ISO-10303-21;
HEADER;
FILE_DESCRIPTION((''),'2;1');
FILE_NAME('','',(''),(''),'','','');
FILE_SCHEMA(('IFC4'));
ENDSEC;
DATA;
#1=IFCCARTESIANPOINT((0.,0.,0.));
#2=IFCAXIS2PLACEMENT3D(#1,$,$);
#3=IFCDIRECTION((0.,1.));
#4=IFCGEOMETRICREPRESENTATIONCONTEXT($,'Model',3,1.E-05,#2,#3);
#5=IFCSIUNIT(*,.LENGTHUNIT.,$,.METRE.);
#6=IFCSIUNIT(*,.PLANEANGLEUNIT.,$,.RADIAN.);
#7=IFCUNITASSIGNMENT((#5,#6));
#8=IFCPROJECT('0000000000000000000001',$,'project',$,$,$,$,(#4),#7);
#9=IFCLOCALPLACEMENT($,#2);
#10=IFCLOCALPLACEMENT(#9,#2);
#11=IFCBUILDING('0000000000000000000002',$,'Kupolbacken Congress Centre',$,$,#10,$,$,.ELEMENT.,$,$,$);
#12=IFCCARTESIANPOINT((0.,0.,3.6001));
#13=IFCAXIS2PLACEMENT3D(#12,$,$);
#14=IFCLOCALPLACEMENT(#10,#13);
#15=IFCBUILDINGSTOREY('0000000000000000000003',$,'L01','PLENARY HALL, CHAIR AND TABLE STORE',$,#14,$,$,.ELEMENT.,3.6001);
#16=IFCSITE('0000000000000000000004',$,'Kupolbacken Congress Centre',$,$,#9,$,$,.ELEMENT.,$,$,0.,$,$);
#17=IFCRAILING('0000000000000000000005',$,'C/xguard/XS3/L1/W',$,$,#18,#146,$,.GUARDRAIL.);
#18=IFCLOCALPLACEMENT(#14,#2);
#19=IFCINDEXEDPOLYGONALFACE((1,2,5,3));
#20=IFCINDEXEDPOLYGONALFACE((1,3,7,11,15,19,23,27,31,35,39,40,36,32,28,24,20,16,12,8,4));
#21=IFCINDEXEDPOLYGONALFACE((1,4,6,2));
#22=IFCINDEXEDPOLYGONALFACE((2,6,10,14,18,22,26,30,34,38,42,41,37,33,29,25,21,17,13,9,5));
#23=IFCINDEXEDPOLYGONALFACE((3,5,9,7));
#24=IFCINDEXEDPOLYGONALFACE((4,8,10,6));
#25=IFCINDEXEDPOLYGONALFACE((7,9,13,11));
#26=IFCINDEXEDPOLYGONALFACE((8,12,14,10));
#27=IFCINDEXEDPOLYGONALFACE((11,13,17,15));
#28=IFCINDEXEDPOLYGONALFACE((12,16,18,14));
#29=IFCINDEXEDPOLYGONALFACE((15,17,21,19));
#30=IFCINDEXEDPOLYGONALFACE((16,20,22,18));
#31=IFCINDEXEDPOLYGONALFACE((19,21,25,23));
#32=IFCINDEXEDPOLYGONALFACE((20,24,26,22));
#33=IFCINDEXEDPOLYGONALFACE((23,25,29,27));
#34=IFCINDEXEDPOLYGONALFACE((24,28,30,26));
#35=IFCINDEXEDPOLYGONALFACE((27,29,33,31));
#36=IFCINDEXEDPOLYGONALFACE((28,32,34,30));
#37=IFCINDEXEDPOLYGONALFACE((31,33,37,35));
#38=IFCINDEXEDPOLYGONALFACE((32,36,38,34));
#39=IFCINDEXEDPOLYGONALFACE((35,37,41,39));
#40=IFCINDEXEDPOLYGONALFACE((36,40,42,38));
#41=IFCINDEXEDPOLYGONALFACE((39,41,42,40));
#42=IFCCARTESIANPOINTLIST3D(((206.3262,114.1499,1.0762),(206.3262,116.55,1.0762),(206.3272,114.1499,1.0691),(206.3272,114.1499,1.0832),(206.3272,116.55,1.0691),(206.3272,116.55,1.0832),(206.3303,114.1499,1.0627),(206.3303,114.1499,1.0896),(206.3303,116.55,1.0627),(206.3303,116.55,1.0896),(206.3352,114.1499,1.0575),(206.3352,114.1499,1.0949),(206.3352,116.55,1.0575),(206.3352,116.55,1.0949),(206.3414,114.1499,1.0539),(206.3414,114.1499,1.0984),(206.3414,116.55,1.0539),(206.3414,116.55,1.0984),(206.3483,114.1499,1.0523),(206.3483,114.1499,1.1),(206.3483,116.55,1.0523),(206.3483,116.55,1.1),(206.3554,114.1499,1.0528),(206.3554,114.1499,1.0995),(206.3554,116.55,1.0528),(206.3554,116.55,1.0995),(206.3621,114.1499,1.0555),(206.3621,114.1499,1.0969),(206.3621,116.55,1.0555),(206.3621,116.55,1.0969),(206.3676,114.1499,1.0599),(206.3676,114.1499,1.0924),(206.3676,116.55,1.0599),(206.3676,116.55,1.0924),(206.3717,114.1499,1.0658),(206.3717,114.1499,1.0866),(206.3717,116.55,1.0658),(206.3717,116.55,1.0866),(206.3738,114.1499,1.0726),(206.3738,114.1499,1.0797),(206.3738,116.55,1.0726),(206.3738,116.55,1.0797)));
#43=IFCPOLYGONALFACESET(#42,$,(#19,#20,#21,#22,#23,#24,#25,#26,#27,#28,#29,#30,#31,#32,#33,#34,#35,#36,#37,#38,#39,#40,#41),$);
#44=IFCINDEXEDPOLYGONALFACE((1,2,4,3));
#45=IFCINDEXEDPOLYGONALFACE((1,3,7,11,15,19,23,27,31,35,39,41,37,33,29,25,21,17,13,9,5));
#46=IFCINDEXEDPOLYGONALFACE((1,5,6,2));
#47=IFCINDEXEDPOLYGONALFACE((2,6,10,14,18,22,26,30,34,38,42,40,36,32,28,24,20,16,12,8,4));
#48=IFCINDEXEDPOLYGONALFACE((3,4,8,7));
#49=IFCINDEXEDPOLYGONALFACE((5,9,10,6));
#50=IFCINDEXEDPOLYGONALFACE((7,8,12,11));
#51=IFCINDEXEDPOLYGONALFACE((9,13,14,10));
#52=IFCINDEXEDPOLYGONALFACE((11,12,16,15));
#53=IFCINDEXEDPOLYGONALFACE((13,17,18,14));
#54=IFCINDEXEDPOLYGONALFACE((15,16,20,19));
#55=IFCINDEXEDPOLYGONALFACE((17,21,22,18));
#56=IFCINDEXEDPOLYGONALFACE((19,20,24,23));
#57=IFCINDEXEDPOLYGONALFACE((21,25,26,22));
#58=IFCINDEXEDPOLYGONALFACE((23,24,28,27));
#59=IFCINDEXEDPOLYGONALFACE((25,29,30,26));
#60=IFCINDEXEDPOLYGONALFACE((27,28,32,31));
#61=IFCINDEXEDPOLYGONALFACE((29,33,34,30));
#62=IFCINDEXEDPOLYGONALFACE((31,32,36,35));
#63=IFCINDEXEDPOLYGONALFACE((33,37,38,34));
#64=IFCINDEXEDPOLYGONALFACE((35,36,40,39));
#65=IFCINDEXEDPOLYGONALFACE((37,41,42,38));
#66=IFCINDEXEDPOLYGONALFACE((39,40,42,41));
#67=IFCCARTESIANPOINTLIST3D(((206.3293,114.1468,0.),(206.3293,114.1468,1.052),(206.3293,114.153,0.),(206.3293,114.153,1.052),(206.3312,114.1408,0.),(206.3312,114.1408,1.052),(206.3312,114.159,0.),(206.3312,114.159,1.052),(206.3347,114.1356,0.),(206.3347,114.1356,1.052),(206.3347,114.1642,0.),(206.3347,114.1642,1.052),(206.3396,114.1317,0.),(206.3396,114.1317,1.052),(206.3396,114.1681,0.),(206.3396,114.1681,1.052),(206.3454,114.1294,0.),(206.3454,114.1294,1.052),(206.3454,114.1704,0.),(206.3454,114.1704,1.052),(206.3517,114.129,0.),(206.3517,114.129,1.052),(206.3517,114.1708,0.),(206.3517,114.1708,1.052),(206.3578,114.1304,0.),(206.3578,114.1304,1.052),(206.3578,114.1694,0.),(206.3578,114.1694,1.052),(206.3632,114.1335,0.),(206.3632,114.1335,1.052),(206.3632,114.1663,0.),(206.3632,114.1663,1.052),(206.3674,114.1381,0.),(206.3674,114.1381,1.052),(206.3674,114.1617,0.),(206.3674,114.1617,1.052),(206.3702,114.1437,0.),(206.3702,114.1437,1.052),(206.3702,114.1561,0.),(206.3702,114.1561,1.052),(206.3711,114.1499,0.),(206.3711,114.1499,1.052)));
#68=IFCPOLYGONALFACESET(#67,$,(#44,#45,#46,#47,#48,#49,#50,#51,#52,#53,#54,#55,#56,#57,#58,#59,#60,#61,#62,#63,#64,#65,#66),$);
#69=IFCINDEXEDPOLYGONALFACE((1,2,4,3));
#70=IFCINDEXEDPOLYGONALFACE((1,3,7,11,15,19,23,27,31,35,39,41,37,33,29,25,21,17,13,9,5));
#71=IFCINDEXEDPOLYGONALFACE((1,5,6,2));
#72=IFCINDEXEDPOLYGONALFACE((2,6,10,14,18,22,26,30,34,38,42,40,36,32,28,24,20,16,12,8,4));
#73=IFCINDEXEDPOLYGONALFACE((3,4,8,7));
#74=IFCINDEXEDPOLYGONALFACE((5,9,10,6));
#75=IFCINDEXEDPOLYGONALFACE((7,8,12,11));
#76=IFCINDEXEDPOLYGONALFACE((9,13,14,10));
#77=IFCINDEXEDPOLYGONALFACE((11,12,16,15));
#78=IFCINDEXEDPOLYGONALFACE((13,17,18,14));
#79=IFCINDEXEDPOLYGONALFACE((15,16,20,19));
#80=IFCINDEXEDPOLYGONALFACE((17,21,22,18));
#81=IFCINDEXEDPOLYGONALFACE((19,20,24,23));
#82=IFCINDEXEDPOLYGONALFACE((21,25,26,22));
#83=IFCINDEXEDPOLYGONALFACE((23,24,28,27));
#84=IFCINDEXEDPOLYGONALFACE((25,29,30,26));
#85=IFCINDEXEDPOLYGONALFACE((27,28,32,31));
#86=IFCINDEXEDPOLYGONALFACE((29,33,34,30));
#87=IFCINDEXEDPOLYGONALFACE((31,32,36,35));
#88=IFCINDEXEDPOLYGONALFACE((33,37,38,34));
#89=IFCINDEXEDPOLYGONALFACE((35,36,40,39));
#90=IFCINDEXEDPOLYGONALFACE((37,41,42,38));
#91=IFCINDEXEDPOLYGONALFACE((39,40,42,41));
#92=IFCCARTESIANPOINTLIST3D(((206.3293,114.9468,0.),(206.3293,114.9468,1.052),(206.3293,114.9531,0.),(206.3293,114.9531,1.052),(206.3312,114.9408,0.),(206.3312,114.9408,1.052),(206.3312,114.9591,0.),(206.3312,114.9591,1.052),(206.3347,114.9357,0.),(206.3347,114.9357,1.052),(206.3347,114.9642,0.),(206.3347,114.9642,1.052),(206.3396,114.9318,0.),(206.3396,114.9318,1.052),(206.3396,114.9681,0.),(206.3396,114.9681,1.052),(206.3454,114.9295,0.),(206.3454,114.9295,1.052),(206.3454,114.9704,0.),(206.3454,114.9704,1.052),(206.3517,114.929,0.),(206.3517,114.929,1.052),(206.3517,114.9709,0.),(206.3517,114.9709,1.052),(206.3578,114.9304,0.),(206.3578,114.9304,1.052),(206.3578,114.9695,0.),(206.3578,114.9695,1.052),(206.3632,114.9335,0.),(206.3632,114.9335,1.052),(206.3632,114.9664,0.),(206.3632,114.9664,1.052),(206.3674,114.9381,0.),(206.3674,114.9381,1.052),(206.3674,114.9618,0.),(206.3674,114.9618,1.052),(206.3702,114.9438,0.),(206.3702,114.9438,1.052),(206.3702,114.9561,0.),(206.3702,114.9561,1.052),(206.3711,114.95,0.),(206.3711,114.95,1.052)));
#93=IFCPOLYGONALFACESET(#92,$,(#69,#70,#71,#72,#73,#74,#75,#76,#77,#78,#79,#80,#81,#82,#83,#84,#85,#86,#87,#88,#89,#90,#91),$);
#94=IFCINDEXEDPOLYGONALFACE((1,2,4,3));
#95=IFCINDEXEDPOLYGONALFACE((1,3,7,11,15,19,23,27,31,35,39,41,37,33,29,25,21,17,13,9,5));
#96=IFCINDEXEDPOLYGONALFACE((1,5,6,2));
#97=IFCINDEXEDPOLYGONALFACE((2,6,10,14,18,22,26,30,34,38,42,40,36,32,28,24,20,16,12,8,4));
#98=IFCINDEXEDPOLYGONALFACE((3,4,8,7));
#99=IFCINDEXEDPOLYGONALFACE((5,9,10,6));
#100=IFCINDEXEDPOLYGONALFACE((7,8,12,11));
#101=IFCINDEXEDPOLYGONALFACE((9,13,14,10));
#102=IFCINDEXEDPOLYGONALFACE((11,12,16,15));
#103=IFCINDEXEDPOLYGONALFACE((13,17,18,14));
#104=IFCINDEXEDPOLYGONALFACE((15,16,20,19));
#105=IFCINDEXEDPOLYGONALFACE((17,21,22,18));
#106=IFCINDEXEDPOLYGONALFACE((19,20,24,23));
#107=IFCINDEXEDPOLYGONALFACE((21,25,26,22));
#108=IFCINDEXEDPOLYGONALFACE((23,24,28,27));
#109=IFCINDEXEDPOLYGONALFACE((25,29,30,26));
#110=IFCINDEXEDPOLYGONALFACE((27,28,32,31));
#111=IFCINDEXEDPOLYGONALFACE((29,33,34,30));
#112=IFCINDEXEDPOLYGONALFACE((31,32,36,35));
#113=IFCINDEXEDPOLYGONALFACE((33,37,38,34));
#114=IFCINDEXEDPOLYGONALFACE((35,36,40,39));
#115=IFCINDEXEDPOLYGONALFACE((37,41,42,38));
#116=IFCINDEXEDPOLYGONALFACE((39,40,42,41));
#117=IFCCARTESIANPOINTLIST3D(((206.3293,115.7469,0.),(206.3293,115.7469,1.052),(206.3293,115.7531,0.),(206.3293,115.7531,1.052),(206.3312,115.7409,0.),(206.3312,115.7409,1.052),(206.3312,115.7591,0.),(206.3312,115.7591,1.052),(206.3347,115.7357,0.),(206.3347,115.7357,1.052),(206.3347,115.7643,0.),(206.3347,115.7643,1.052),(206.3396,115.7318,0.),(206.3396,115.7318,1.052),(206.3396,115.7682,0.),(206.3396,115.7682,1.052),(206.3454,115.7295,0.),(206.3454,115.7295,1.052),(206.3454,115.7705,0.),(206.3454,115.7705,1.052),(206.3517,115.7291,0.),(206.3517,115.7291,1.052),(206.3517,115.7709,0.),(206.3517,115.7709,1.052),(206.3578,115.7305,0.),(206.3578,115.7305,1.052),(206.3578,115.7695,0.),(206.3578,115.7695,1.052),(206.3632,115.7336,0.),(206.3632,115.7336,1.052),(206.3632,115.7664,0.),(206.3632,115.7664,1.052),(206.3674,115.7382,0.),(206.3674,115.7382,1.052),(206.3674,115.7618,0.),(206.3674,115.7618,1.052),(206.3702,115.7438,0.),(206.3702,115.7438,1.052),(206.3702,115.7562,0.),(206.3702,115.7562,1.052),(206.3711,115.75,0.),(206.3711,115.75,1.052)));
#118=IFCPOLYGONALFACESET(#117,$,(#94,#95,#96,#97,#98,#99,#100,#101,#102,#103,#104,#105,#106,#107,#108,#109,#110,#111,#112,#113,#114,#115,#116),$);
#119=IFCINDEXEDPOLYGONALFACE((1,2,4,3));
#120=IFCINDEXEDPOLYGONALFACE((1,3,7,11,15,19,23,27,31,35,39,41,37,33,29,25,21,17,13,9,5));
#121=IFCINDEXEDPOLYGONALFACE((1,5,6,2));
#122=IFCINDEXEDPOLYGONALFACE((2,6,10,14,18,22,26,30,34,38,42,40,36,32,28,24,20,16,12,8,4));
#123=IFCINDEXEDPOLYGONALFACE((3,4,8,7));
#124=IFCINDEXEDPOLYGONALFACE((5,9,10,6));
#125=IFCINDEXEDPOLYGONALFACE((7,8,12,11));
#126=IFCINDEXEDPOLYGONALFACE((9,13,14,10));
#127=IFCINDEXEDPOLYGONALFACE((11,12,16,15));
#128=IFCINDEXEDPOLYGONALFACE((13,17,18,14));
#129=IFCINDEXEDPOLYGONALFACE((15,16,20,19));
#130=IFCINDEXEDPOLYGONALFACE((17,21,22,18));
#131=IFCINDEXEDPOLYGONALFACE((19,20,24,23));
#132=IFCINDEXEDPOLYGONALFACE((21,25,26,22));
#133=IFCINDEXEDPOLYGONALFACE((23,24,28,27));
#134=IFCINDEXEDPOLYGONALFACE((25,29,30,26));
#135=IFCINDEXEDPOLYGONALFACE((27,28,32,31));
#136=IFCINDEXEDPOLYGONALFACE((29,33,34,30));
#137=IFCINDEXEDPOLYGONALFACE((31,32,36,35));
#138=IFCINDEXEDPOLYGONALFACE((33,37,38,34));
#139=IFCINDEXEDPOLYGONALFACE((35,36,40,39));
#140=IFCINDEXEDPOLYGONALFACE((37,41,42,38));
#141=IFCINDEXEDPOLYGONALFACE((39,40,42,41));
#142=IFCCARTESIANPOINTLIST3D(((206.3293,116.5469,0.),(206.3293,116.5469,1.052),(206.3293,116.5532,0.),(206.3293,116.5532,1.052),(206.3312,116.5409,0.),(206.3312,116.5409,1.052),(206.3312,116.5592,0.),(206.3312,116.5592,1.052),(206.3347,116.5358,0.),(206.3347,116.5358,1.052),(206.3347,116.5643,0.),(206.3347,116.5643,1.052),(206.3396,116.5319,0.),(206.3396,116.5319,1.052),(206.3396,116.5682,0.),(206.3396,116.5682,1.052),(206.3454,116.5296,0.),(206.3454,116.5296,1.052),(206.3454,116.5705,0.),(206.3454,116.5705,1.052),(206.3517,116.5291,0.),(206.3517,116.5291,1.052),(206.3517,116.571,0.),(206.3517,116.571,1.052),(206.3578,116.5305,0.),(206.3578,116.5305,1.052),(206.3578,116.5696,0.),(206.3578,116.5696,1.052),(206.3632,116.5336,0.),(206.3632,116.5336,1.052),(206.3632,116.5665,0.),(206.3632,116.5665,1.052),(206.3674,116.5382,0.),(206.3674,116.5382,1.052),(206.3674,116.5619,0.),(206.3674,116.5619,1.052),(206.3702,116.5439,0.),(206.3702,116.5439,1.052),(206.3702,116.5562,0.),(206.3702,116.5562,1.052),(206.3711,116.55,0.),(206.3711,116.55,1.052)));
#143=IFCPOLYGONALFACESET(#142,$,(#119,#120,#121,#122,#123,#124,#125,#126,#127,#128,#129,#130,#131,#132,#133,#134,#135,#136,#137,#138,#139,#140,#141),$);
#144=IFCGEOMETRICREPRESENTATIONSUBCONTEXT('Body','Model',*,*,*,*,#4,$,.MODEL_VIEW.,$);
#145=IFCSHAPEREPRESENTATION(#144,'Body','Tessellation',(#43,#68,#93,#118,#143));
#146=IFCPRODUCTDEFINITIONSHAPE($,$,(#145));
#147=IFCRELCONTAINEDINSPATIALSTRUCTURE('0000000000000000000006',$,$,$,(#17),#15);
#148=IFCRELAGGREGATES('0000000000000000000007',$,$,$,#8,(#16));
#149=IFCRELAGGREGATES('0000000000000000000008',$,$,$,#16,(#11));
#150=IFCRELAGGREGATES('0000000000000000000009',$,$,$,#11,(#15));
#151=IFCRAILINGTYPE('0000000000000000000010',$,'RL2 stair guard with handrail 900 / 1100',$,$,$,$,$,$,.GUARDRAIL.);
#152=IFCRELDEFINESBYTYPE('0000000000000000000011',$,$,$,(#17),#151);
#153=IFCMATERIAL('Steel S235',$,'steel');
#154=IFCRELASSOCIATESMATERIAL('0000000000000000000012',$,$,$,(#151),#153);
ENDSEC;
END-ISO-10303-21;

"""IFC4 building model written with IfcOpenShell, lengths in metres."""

from ifc_helpers import new_model, si_unit, direction, frame, origin, origin_2d, place, context, subcontext, project, spatial, circle, extrude, material, type_object, element, save


model = new_model("IFC4")

# Units and contexts
model_context = context("Model", 3, precision=1e-05, world=origin(), true_north=direction((0.0, 1.0)))
body_context = subcontext(model_context, "Body", "Model", "MODEL_VIEW")
ifc_project = project(units=[si_unit("LENGTHUNIT", "METRE"), si_unit("PLANEANGLEUNIT", "RADIAN")], contexts=[model_context])

# Site, building, storey
site_placement = place(None, origin())
site = spatial("IfcSite", under=ifc_project, at=site_placement, Name="Kupolbacken Congress Centre", CompositionType="ELEMENT", RefElevation=0.0)
building_placement = place(site_placement, origin())
building = spatial("IfcBuilding", under=site, at=building_placement, Name="Kupolbacken Congress Centre", CompositionType="ELEMENT")
storey_placement = place(building_placement, frame((0.0, 0.0, 3.6001)))
storey = spatial("IfcBuildingStorey", under=building, at=storey_placement, Name="L01", Description="PLENARY HALL, CHAIR AND TABLE STORE", CompositionType="ELEMENT", Elevation=3.6001)

# Railing
ifc_material_1 = material(Name="Steel S235", Category="steel")
railing_type = type_object("IfcRailingType", Name="RL2 stair guard with handrail 900 / 1100", PredefinedType="GUARDRAIL", material=ifc_material_1)
for number, where, name in (
    (1, (206.3501, 114.1499, 0.0), "C/xguard/XS3/L1/W"),
):
    element("IfcRailing", number, at=place(storey_placement, frame(where)), inside=storey, type_object=railing_type, Name=name, PredefinedType="GUARDRAIL", context=body_context, shape_type="SweptSolid", body=[
        extrude(circle(Radius=0.0239, at=origin_2d()), frame((0.0, 0.0, 1.0762), z_axis=(0.0, 1.0, 0.0), x_axis=(-1.0, 0.0, 0.0)), (0.0, 0.0, 1.0), 2.4001),
        extrude(circle(Radius=0.021, at=origin_2d()), origin(), (0.0, 0.0, 1.0), 1.052),
        extrude(circle(Radius=0.021, at=origin_2d()), frame((0.0, 0.8, 0.0)), (0.0, 0.0, 1.0), 1.052),
        extrude(circle(Radius=0.021, at=origin_2d()), frame((0.0, 1.6001, 0.0)), (0.0, 0.0, 1.0), 1.052),
        extrude(circle(Radius=0.021, at=origin_2d()), frame((0.0, 2.4001, 0.0)), (0.0, 0.0, 1.0), 1.052),
    ])

save(model, "model.ifc")
